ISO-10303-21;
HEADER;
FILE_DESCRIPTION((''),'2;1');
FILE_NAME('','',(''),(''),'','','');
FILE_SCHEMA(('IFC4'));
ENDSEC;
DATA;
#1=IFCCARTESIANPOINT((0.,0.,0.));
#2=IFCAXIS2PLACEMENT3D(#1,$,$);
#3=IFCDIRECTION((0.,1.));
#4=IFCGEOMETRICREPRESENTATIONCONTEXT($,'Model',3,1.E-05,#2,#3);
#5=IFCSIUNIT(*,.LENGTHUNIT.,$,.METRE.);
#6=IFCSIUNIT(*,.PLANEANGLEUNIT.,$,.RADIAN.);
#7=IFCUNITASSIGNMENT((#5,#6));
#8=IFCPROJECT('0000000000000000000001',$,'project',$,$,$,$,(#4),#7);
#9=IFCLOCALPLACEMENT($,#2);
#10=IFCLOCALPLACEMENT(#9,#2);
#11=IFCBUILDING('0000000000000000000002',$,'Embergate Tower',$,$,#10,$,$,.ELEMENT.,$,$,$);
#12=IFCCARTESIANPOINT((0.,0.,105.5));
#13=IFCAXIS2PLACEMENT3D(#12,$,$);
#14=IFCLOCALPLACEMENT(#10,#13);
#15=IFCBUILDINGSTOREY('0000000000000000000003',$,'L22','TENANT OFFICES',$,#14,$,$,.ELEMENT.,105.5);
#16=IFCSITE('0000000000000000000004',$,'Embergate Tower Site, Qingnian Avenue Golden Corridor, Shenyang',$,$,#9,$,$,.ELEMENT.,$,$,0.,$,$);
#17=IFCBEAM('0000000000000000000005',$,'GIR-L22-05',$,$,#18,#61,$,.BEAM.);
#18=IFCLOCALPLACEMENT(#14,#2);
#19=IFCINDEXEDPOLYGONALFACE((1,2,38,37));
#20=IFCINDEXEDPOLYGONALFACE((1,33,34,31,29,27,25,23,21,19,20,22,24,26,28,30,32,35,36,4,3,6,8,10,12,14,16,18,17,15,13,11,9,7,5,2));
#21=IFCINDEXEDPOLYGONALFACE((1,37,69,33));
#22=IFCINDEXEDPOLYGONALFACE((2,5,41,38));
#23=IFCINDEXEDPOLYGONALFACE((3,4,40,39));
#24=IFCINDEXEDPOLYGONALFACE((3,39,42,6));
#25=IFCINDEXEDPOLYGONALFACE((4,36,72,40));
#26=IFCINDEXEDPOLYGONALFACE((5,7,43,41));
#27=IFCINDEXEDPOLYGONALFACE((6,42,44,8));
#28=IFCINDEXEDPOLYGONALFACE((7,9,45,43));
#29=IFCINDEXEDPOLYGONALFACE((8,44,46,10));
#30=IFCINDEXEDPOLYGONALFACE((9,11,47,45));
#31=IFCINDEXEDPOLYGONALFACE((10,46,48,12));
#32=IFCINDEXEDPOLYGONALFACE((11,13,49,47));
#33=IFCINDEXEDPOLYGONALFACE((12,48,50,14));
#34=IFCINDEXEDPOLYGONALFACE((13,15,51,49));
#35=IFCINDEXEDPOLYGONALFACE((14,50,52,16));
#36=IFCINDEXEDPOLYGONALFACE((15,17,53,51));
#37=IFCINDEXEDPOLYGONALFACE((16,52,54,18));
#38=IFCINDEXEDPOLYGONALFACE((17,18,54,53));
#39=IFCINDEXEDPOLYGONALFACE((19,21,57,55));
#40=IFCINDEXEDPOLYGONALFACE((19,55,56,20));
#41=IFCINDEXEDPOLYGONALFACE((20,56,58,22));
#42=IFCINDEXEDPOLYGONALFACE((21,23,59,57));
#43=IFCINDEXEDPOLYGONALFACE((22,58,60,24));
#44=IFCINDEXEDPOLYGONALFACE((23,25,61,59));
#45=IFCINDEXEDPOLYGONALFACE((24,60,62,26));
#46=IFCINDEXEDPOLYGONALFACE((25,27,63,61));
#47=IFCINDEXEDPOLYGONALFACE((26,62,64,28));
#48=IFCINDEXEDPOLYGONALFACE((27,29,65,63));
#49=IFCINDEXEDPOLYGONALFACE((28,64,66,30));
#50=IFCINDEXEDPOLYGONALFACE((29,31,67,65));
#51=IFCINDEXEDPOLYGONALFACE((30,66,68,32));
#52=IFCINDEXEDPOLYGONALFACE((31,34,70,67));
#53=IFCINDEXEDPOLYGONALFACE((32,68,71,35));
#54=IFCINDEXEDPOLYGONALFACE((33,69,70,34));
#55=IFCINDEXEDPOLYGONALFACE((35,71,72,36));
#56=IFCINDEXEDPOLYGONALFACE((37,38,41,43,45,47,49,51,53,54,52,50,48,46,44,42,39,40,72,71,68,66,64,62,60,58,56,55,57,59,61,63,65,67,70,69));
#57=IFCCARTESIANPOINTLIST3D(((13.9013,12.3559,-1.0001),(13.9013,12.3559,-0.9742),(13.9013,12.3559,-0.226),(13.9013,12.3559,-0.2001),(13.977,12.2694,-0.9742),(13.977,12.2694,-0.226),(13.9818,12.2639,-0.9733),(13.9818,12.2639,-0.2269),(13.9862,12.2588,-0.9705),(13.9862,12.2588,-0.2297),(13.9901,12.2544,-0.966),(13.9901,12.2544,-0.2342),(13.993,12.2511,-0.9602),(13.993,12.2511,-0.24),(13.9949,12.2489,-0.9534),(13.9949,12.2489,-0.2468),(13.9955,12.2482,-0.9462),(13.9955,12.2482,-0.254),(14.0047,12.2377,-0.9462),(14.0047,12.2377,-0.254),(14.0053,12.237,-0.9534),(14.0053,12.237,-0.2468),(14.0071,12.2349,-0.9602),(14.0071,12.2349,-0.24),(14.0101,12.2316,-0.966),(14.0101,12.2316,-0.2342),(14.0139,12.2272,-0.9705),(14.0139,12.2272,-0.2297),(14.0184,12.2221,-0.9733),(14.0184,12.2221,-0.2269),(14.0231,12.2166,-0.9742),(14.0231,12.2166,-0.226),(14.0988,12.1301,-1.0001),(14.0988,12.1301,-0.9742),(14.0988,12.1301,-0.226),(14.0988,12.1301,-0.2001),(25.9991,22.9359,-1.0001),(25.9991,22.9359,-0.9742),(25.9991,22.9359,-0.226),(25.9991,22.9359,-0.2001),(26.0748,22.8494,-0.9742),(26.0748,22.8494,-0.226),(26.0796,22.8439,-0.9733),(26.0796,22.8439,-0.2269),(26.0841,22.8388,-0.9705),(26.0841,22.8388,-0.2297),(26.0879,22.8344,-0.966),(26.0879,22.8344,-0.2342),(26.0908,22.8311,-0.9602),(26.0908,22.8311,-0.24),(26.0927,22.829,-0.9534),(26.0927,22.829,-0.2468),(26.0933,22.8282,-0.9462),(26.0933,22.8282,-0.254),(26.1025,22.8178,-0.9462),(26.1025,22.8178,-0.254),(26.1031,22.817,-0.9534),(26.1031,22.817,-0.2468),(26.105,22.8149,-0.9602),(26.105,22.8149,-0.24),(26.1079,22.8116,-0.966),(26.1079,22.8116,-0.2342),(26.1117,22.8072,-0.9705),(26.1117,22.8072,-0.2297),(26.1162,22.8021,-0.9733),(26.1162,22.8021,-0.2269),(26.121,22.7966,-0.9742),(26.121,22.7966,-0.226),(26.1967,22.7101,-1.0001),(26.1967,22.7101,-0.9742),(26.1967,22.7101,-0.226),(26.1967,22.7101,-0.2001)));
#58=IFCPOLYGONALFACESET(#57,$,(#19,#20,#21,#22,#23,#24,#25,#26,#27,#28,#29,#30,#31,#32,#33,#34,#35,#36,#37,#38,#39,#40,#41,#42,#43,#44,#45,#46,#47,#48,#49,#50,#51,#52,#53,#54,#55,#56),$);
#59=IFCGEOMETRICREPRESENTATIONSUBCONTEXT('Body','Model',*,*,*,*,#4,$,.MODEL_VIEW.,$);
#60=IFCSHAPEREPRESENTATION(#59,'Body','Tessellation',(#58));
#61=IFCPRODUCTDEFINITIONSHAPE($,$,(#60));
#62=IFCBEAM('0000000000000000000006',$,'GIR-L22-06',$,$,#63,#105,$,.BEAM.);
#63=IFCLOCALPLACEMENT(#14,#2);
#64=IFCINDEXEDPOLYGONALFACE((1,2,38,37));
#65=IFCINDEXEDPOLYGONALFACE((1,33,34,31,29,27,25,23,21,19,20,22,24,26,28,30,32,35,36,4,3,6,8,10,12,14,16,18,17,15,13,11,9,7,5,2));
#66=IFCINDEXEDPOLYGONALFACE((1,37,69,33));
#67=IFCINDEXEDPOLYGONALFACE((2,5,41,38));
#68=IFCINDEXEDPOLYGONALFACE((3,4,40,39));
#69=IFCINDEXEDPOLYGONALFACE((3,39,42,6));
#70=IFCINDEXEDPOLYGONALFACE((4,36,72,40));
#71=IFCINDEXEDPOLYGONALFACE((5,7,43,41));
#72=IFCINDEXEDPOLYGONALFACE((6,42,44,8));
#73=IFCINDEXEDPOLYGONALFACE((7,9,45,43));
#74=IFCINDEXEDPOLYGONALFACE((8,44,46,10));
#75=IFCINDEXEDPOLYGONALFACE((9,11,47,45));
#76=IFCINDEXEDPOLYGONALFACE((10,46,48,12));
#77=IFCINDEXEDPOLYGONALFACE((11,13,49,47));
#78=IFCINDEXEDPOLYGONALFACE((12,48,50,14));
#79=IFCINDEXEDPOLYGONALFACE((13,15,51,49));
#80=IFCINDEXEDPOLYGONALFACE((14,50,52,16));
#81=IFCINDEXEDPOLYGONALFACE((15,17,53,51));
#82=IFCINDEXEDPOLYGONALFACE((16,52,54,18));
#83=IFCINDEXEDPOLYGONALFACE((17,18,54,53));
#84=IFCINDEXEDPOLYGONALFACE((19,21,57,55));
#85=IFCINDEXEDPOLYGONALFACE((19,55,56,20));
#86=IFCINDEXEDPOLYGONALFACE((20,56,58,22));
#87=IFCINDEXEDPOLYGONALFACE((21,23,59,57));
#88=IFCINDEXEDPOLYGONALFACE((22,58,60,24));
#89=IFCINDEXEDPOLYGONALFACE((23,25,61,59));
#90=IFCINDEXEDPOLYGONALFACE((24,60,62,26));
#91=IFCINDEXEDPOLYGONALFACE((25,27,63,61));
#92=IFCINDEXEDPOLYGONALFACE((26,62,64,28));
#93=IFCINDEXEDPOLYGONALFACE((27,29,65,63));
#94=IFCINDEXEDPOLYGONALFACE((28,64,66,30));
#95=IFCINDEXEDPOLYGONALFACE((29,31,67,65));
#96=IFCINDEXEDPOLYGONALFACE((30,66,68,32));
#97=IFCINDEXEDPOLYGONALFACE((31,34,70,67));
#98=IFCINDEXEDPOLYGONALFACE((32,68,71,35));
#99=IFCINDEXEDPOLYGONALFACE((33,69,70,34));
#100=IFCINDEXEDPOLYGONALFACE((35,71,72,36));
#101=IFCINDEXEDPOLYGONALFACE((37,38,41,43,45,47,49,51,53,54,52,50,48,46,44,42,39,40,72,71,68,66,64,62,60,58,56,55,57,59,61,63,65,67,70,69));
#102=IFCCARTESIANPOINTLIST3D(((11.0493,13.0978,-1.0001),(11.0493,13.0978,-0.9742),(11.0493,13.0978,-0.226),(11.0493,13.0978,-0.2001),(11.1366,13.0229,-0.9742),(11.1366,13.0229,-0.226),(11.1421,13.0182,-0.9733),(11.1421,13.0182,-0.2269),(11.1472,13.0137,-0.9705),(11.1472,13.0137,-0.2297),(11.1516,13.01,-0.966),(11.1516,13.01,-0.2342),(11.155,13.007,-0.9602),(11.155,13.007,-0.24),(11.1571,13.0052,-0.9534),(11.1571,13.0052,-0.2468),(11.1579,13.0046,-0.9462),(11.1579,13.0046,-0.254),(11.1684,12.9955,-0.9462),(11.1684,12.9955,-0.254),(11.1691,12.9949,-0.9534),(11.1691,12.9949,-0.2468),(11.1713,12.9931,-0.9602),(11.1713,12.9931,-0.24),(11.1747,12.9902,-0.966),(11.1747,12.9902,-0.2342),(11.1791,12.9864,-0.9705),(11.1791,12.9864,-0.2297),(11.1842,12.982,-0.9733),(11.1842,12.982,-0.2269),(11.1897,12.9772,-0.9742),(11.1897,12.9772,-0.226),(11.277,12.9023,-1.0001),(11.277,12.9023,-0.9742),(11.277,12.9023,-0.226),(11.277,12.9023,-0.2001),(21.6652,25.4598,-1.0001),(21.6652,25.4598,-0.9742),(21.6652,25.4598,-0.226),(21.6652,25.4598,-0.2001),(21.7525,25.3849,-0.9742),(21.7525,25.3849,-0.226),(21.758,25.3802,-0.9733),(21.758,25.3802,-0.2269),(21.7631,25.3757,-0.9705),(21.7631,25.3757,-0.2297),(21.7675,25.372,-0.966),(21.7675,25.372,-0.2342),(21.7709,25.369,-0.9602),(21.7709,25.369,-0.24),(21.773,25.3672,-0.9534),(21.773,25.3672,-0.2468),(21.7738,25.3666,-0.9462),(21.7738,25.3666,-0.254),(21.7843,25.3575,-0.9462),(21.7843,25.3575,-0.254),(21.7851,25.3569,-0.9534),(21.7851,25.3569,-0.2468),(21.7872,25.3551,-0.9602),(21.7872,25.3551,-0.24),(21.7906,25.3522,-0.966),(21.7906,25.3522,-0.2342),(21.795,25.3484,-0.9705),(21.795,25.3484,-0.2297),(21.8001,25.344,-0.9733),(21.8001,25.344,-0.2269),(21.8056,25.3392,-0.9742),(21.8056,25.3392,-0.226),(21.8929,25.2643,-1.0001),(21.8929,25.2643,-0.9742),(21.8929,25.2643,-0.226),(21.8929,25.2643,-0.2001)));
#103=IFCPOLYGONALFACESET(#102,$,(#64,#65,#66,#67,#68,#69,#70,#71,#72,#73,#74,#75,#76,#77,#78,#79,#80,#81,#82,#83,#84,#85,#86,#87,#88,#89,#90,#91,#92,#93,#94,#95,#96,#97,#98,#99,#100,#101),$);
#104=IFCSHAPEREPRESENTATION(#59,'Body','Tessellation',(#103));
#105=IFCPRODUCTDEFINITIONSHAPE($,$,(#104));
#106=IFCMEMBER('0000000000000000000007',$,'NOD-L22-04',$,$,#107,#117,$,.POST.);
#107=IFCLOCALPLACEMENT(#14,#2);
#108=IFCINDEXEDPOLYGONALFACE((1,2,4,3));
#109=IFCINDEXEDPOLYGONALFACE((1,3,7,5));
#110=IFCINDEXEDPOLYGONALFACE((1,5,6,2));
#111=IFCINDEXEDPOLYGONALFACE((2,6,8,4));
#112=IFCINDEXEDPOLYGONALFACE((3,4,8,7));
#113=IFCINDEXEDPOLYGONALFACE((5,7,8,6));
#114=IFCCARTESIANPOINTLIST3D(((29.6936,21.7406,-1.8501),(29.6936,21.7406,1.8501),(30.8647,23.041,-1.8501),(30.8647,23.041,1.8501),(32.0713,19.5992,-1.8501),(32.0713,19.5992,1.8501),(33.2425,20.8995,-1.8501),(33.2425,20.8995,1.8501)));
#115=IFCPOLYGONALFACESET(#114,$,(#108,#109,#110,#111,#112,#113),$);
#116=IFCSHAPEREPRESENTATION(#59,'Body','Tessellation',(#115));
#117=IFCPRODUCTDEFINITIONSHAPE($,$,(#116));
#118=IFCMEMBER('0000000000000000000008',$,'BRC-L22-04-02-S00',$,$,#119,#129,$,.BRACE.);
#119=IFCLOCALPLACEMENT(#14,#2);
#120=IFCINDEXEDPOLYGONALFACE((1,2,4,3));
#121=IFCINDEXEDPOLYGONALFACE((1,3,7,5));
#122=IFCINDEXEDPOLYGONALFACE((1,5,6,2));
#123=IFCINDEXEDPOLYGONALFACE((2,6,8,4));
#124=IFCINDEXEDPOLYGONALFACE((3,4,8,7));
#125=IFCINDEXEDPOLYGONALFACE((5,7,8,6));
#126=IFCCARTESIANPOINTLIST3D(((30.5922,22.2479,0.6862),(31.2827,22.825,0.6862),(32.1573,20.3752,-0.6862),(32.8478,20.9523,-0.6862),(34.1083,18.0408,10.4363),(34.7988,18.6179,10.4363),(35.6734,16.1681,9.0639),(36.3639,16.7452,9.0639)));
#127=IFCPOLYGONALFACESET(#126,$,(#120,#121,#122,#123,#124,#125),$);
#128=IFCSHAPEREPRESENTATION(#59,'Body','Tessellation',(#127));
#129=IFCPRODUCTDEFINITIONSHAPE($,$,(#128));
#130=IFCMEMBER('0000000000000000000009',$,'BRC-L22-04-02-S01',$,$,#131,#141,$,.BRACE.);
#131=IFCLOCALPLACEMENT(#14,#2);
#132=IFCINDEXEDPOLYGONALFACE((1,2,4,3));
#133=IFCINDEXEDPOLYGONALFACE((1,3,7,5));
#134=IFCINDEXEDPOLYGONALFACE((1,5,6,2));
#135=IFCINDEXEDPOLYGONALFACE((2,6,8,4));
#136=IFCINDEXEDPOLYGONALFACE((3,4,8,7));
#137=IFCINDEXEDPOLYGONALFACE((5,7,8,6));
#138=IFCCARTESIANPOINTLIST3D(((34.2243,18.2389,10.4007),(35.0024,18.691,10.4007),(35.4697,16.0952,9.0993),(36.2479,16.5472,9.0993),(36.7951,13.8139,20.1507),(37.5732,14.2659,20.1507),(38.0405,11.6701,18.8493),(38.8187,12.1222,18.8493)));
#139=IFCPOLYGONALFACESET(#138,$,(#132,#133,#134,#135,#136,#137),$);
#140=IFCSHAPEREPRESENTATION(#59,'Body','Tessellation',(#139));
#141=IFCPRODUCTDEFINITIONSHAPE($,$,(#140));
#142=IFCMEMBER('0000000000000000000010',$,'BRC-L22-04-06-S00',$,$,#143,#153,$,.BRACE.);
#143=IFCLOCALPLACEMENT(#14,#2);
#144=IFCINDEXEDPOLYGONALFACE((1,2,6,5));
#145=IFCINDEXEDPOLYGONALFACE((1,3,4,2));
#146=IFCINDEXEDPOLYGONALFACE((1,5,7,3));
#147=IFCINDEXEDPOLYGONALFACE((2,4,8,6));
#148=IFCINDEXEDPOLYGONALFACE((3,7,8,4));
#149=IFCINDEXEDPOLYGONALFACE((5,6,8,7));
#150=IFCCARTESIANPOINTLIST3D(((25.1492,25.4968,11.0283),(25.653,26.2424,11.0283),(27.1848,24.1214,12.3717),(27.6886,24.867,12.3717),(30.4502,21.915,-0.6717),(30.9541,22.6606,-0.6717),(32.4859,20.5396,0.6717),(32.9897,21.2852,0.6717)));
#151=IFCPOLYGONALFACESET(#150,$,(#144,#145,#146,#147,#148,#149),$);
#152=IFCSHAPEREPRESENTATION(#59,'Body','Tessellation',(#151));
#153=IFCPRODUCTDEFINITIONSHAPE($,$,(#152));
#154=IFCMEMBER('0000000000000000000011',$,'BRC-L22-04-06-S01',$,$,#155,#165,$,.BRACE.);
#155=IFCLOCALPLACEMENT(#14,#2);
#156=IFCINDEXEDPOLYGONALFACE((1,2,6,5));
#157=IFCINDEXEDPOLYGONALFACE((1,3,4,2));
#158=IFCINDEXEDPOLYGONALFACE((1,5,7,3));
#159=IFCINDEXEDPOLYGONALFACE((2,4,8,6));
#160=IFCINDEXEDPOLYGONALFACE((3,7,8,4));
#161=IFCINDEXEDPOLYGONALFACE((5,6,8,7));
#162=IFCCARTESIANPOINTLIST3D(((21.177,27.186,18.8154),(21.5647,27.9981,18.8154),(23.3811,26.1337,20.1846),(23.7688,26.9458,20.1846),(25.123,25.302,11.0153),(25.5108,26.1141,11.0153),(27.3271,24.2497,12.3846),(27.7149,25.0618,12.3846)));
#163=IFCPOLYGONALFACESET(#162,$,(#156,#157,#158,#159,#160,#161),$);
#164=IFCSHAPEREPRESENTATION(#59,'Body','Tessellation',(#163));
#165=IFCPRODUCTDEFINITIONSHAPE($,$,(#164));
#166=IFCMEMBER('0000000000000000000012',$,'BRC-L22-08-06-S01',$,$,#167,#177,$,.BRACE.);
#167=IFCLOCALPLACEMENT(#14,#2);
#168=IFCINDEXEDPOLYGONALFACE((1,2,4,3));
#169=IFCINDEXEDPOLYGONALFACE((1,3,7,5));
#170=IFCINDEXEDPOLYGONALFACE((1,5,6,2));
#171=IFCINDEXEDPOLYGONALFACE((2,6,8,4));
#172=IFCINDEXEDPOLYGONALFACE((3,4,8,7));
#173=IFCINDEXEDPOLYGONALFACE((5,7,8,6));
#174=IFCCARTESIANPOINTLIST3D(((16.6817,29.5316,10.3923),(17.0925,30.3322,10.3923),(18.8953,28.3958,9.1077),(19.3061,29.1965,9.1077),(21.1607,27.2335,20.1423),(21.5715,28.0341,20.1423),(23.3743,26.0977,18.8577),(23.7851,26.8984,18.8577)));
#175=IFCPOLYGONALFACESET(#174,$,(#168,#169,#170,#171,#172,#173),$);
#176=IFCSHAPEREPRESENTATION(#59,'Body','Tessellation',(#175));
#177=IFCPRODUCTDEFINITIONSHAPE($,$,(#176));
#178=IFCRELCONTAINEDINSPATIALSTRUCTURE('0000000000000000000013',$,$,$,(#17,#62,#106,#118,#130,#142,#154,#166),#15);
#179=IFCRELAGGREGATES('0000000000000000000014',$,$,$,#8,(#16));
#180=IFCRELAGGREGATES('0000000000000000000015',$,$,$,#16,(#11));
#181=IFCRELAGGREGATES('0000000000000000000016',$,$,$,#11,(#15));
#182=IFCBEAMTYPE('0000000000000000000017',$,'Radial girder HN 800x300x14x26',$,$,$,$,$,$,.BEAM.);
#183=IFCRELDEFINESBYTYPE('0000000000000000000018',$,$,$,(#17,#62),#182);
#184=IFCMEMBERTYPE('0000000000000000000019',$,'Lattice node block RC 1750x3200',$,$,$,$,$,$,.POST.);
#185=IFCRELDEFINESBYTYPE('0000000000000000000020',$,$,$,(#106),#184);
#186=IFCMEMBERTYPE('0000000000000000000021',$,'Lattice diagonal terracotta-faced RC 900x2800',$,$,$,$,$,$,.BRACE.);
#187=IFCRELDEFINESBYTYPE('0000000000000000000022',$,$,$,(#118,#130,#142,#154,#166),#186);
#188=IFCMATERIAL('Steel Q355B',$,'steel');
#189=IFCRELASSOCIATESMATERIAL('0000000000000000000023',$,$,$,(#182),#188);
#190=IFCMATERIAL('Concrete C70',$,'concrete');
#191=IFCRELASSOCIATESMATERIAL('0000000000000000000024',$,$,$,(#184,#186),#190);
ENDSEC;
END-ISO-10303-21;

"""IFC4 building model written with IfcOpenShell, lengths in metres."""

from ifc_helpers import new_model, si_unit, direction, frame, origin, origin_2d, place, context, subcontext, project, spatial, rectangle, i_section, extrude, source, transform, mapped, material, material_profile, profile_set, type_object, element, save


model = new_model("IFC4")

# Units and contexts
model_context = context("Model", 3, precision=1e-05, world=origin(), true_north=direction((0.0, 1.0)))
body_context = subcontext(model_context, "Body", "Model", "MODEL_VIEW")
ifc_project = project(units=[si_unit("LENGTHUNIT", "METRE"), si_unit("PLANEANGLEUNIT", "RADIAN")], contexts=[model_context])

# Site, building, storey
site_placement = place(None, origin())
site = spatial("IfcSite", under=ifc_project, at=site_placement, Name="Embergate Tower Site, Qingnian Avenue Golden Corridor, Shenyang", CompositionType="ELEMENT", RefElevation=0.0)
building_placement = place(site_placement, origin())
building = spatial("IfcBuilding", under=site, at=building_placement, Name="Embergate Tower", CompositionType="ELEMENT")
storey_placement = place(building_placement, frame((0.0, 0.0, 105.5)))
storey = spatial("IfcBuildingStorey", under=building, at=storey_placement, Name="L22", Description="TENANT OFFICES", CompositionType="ELEMENT", Elevation=105.5)

# Shared definitions
ifc_material_1 = material(Name="Concrete C70", Category="concrete")

# Beams
ifc_material_2 = material(Name="Steel Q355B", Category="steel")
ifc_material_profile_1 = material_profile(ifc_material_2, i_section(OverallWidth=0.3, OverallDepth=0.8, WebThickness=0.0139, FlangeThickness=0.0259, FilletRadius=0.0281, at=origin_2d()), Name="HN 800x300x14x26")
ifc_profile_set_1 = profile_set([ifc_material_profile_1], Name="Steel Q355 grade B")
beam_type_1 = type_object("IfcBeamType", Name="Radial girder HN 800x300x14x26", PredefinedType="BEAM", material=ifc_profile_set_1)
shared_shape_1 = source(origin(), body_context, "Body", "SweptSolid", [
    extrude(i_section(OverallWidth=0.3, OverallDepth=0.8, WebThickness=0.0139, FlangeThickness=0.0259, FilletRadius=0.0281, at=origin_2d()), origin(), (0.0, 0.0, 1.0), 16.0715),
])
beam_1_placement = place(storey_placement, frame((26.0979, 22.823, -0.6001), z_axis=(-0.752749, -0.658308, 0.0), x_axis=(0.658308, -0.752749, 0.0)))
element("IfcBeam", 1, at=beam_1_placement, inside=storey, type_object=beam_type_1, Name="GIR-L22-05", PredefinedType="BEAM", context=body_context, shape_type="MappedRepresentation", body=[
    mapped(shared_shape_1, transform((0.0, 0.0, 0.0))),
])
shared_shape_2 = source(origin(), body_context, "Body", "SweptSolid", [
    extrude(i_section(OverallWidth=0.3, OverallDepth=0.8, WebThickness=0.0139, FlangeThickness=0.0259, FilletRadius=0.0281, at=origin_2d()), origin(), (0.0, 0.0, 1.0), 16.2947),
])
beam_2_placement = place(storey_placement, frame((21.7791, 25.3621, -0.6001), z_axis=(-0.651496, -0.758652, 0.0), x_axis=(0.758652, -0.651496, 0.0)))
element("IfcBeam", 2, at=beam_2_placement, inside=storey, type_object=beam_type_1, Name="GIR-L22-06", PredefinedType="BEAM", context=body_context, shape_type="MappedRepresentation", body=[
    mapped(shared_shape_2, transform((0.0, 0.0, 0.0))),
])

# Members
ifc_material_profile_2 = material_profile(ifc_material_1, rectangle(XDim=1.75, YDim=3.2, at=origin_2d()), Name="RC 1750x3200")
ifc_profile_set_2 = profile_set([ifc_material_profile_2], Name="Concrete C70")
member_type_1 = type_object("IfcMemberType", Name="Lattice node block RC 1750x3200", PredefinedType="POST", material=ifc_profile_set_2)
shared_shape_3 = source(origin(), body_context, "Body", "SweptSolid", [
    extrude(rectangle(XDim=1.75, YDim=3.2, at=origin_2d()), origin(), (0.0, 0.0, 1.0), 3.7002),
])
member_1_placement = place(storey_placement, frame((31.468, 21.3201, -1.8501), z_axis=(0.0, 0.0, 1.0), x_axis=(0.669221, 0.743063, 0.0)))
element("IfcMember", 3, at=member_1_placement, inside=storey, type_object=member_type_1, Name="NOD-L22-04", PredefinedType="POST", context=body_context, shape_type="MappedRepresentation", body=[
    mapped(shared_shape_3, transform((0.0, 0.0, 0.0))),
])
ifc_material_profile_3 = material_profile(ifc_material_1, rectangle(XDim=0.8999, YDim=2.8, at=origin_2d()), Name="RC 900x2800")
ifc_profile_set_3 = profile_set([ifc_material_profile_3], Name="Concrete C70")
member_type_2 = type_object("IfcMemberType", Name="Lattice diagonal terracotta-faced RC 900x2800", PredefinedType="BRACE", material=ifc_profile_set_3)
shared_shape_4 = source(origin(), body_context, "Body", "SweptSolid", [
    extrude(rectangle(XDim=0.8999, YDim=2.8, at=origin_2d()), origin(), (0.0, 0.0, 1.0), 11.186),
])
member_2_placement = place(storey_placement, frame((31.72, 21.6001, 0.0), z_axis=(0.314334, -0.376101, 0.871632), x_axis=(0.767301, 0.641287, 0.0)))
element("IfcMember", 4, at=member_2_placement, inside=storey, type_object=member_type_2, Name="BRC-L22-04-02-S00", PredefinedType="BRACE", context=body_context, shape_type="MappedRepresentation", body=[
    mapped(shared_shape_4, transform((0.0, 0.0, 0.0))),
])
shared_shape_5 = source(origin(), body_context, "Body", "SweptSolid", [
    extrude(rectangle(XDim=0.8999, YDim=2.8, at=origin_2d()), origin(), (0.0, 0.0, 1.0), 11.0115),
])
member_3_placement = place(storey_placement, frame((35.2361, 17.3931, 9.75), z_axis=(0.233466, -0.401858, 0.88544), x_axis=(0.864669, 0.502343, 0.0)))
element("IfcMember", 5, at=member_3_placement, inside=storey, type_object=member_type_2, Name="BRC-L22-04-02-S01", PredefinedType="BRACE", context=body_context, shape_type="MappedRepresentation", body=[
    mapped(shared_shape_5, transform((0.0, 0.0, 0.0))),
])
shared_shape_6 = source(origin(), body_context, "Body", "SweptSolid", [
    extrude(rectangle(XDim=0.8999, YDim=2.8, at=origin_2d()), origin(), (0.0, 0.0, 1.0), 13.335),
])
member_4_placement = place(storey_placement, frame((31.72, 21.6001, 0.0), z_axis=(-0.397531, 0.268603, 0.877395), x_axis=(-0.559859, -0.828588, 0.0)))
element("IfcMember", 6, at=member_4_placement, inside=storey, type_object=member_type_2, Name="BRC-L22-04-06-S00", PredefinedType="BRACE", context=body_context, shape_type="MappedRepresentation", body=[
    mapped(shared_shape_6, transform((0.0, 0.0, 0.0))),
])
shared_shape_7 = source(origin(), body_context, "Body", "SweptSolid", [
    extrude(rectangle(XDim=0.8999, YDim=2.8, at=origin_2d()), origin(), (0.0, 0.0, 1.0), 8.9421),
])
member_5_placement = place(storey_placement, frame((26.4189, 25.1819, 11.7), z_axis=(-0.441287, 0.210692, 0.872281), x_axis=(-0.430859, -0.902419, 0.0)))
element("IfcMember", 7, at=member_5_placement, inside=storey, type_object=member_type_2, Name="BRC-L22-04-06-S01", PredefinedType="BRACE", context=body_context, shape_type="MappedRepresentation", body=[
    mapped(shared_shape_7, transform((0.0, 0.0, 0.0))),
])
shared_shape_8 = source(origin(), body_context, "Body", "SweptSolid", [
    extrude(rectangle(XDim=0.8999, YDim=2.8, at=origin_2d()), origin(), (0.0, 0.0, 1.0), 10.9729),
])
member_6_placement = place(storey_placement, frame((17.9939, 29.364, 9.75), z_axis=(0.408187, -0.209433, 0.88855), x_axis=(0.456501, 0.889723, 0.0)))
element("IfcMember", 8, at=member_6_placement, inside=storey, type_object=member_type_2, Name="BRC-L22-08-06-S01", PredefinedType="BRACE", context=body_context, shape_type="MappedRepresentation", body=[
    mapped(shared_shape_8, transform((0.0, 0.0, 0.0))),
])

save(model, "model.ifc")
